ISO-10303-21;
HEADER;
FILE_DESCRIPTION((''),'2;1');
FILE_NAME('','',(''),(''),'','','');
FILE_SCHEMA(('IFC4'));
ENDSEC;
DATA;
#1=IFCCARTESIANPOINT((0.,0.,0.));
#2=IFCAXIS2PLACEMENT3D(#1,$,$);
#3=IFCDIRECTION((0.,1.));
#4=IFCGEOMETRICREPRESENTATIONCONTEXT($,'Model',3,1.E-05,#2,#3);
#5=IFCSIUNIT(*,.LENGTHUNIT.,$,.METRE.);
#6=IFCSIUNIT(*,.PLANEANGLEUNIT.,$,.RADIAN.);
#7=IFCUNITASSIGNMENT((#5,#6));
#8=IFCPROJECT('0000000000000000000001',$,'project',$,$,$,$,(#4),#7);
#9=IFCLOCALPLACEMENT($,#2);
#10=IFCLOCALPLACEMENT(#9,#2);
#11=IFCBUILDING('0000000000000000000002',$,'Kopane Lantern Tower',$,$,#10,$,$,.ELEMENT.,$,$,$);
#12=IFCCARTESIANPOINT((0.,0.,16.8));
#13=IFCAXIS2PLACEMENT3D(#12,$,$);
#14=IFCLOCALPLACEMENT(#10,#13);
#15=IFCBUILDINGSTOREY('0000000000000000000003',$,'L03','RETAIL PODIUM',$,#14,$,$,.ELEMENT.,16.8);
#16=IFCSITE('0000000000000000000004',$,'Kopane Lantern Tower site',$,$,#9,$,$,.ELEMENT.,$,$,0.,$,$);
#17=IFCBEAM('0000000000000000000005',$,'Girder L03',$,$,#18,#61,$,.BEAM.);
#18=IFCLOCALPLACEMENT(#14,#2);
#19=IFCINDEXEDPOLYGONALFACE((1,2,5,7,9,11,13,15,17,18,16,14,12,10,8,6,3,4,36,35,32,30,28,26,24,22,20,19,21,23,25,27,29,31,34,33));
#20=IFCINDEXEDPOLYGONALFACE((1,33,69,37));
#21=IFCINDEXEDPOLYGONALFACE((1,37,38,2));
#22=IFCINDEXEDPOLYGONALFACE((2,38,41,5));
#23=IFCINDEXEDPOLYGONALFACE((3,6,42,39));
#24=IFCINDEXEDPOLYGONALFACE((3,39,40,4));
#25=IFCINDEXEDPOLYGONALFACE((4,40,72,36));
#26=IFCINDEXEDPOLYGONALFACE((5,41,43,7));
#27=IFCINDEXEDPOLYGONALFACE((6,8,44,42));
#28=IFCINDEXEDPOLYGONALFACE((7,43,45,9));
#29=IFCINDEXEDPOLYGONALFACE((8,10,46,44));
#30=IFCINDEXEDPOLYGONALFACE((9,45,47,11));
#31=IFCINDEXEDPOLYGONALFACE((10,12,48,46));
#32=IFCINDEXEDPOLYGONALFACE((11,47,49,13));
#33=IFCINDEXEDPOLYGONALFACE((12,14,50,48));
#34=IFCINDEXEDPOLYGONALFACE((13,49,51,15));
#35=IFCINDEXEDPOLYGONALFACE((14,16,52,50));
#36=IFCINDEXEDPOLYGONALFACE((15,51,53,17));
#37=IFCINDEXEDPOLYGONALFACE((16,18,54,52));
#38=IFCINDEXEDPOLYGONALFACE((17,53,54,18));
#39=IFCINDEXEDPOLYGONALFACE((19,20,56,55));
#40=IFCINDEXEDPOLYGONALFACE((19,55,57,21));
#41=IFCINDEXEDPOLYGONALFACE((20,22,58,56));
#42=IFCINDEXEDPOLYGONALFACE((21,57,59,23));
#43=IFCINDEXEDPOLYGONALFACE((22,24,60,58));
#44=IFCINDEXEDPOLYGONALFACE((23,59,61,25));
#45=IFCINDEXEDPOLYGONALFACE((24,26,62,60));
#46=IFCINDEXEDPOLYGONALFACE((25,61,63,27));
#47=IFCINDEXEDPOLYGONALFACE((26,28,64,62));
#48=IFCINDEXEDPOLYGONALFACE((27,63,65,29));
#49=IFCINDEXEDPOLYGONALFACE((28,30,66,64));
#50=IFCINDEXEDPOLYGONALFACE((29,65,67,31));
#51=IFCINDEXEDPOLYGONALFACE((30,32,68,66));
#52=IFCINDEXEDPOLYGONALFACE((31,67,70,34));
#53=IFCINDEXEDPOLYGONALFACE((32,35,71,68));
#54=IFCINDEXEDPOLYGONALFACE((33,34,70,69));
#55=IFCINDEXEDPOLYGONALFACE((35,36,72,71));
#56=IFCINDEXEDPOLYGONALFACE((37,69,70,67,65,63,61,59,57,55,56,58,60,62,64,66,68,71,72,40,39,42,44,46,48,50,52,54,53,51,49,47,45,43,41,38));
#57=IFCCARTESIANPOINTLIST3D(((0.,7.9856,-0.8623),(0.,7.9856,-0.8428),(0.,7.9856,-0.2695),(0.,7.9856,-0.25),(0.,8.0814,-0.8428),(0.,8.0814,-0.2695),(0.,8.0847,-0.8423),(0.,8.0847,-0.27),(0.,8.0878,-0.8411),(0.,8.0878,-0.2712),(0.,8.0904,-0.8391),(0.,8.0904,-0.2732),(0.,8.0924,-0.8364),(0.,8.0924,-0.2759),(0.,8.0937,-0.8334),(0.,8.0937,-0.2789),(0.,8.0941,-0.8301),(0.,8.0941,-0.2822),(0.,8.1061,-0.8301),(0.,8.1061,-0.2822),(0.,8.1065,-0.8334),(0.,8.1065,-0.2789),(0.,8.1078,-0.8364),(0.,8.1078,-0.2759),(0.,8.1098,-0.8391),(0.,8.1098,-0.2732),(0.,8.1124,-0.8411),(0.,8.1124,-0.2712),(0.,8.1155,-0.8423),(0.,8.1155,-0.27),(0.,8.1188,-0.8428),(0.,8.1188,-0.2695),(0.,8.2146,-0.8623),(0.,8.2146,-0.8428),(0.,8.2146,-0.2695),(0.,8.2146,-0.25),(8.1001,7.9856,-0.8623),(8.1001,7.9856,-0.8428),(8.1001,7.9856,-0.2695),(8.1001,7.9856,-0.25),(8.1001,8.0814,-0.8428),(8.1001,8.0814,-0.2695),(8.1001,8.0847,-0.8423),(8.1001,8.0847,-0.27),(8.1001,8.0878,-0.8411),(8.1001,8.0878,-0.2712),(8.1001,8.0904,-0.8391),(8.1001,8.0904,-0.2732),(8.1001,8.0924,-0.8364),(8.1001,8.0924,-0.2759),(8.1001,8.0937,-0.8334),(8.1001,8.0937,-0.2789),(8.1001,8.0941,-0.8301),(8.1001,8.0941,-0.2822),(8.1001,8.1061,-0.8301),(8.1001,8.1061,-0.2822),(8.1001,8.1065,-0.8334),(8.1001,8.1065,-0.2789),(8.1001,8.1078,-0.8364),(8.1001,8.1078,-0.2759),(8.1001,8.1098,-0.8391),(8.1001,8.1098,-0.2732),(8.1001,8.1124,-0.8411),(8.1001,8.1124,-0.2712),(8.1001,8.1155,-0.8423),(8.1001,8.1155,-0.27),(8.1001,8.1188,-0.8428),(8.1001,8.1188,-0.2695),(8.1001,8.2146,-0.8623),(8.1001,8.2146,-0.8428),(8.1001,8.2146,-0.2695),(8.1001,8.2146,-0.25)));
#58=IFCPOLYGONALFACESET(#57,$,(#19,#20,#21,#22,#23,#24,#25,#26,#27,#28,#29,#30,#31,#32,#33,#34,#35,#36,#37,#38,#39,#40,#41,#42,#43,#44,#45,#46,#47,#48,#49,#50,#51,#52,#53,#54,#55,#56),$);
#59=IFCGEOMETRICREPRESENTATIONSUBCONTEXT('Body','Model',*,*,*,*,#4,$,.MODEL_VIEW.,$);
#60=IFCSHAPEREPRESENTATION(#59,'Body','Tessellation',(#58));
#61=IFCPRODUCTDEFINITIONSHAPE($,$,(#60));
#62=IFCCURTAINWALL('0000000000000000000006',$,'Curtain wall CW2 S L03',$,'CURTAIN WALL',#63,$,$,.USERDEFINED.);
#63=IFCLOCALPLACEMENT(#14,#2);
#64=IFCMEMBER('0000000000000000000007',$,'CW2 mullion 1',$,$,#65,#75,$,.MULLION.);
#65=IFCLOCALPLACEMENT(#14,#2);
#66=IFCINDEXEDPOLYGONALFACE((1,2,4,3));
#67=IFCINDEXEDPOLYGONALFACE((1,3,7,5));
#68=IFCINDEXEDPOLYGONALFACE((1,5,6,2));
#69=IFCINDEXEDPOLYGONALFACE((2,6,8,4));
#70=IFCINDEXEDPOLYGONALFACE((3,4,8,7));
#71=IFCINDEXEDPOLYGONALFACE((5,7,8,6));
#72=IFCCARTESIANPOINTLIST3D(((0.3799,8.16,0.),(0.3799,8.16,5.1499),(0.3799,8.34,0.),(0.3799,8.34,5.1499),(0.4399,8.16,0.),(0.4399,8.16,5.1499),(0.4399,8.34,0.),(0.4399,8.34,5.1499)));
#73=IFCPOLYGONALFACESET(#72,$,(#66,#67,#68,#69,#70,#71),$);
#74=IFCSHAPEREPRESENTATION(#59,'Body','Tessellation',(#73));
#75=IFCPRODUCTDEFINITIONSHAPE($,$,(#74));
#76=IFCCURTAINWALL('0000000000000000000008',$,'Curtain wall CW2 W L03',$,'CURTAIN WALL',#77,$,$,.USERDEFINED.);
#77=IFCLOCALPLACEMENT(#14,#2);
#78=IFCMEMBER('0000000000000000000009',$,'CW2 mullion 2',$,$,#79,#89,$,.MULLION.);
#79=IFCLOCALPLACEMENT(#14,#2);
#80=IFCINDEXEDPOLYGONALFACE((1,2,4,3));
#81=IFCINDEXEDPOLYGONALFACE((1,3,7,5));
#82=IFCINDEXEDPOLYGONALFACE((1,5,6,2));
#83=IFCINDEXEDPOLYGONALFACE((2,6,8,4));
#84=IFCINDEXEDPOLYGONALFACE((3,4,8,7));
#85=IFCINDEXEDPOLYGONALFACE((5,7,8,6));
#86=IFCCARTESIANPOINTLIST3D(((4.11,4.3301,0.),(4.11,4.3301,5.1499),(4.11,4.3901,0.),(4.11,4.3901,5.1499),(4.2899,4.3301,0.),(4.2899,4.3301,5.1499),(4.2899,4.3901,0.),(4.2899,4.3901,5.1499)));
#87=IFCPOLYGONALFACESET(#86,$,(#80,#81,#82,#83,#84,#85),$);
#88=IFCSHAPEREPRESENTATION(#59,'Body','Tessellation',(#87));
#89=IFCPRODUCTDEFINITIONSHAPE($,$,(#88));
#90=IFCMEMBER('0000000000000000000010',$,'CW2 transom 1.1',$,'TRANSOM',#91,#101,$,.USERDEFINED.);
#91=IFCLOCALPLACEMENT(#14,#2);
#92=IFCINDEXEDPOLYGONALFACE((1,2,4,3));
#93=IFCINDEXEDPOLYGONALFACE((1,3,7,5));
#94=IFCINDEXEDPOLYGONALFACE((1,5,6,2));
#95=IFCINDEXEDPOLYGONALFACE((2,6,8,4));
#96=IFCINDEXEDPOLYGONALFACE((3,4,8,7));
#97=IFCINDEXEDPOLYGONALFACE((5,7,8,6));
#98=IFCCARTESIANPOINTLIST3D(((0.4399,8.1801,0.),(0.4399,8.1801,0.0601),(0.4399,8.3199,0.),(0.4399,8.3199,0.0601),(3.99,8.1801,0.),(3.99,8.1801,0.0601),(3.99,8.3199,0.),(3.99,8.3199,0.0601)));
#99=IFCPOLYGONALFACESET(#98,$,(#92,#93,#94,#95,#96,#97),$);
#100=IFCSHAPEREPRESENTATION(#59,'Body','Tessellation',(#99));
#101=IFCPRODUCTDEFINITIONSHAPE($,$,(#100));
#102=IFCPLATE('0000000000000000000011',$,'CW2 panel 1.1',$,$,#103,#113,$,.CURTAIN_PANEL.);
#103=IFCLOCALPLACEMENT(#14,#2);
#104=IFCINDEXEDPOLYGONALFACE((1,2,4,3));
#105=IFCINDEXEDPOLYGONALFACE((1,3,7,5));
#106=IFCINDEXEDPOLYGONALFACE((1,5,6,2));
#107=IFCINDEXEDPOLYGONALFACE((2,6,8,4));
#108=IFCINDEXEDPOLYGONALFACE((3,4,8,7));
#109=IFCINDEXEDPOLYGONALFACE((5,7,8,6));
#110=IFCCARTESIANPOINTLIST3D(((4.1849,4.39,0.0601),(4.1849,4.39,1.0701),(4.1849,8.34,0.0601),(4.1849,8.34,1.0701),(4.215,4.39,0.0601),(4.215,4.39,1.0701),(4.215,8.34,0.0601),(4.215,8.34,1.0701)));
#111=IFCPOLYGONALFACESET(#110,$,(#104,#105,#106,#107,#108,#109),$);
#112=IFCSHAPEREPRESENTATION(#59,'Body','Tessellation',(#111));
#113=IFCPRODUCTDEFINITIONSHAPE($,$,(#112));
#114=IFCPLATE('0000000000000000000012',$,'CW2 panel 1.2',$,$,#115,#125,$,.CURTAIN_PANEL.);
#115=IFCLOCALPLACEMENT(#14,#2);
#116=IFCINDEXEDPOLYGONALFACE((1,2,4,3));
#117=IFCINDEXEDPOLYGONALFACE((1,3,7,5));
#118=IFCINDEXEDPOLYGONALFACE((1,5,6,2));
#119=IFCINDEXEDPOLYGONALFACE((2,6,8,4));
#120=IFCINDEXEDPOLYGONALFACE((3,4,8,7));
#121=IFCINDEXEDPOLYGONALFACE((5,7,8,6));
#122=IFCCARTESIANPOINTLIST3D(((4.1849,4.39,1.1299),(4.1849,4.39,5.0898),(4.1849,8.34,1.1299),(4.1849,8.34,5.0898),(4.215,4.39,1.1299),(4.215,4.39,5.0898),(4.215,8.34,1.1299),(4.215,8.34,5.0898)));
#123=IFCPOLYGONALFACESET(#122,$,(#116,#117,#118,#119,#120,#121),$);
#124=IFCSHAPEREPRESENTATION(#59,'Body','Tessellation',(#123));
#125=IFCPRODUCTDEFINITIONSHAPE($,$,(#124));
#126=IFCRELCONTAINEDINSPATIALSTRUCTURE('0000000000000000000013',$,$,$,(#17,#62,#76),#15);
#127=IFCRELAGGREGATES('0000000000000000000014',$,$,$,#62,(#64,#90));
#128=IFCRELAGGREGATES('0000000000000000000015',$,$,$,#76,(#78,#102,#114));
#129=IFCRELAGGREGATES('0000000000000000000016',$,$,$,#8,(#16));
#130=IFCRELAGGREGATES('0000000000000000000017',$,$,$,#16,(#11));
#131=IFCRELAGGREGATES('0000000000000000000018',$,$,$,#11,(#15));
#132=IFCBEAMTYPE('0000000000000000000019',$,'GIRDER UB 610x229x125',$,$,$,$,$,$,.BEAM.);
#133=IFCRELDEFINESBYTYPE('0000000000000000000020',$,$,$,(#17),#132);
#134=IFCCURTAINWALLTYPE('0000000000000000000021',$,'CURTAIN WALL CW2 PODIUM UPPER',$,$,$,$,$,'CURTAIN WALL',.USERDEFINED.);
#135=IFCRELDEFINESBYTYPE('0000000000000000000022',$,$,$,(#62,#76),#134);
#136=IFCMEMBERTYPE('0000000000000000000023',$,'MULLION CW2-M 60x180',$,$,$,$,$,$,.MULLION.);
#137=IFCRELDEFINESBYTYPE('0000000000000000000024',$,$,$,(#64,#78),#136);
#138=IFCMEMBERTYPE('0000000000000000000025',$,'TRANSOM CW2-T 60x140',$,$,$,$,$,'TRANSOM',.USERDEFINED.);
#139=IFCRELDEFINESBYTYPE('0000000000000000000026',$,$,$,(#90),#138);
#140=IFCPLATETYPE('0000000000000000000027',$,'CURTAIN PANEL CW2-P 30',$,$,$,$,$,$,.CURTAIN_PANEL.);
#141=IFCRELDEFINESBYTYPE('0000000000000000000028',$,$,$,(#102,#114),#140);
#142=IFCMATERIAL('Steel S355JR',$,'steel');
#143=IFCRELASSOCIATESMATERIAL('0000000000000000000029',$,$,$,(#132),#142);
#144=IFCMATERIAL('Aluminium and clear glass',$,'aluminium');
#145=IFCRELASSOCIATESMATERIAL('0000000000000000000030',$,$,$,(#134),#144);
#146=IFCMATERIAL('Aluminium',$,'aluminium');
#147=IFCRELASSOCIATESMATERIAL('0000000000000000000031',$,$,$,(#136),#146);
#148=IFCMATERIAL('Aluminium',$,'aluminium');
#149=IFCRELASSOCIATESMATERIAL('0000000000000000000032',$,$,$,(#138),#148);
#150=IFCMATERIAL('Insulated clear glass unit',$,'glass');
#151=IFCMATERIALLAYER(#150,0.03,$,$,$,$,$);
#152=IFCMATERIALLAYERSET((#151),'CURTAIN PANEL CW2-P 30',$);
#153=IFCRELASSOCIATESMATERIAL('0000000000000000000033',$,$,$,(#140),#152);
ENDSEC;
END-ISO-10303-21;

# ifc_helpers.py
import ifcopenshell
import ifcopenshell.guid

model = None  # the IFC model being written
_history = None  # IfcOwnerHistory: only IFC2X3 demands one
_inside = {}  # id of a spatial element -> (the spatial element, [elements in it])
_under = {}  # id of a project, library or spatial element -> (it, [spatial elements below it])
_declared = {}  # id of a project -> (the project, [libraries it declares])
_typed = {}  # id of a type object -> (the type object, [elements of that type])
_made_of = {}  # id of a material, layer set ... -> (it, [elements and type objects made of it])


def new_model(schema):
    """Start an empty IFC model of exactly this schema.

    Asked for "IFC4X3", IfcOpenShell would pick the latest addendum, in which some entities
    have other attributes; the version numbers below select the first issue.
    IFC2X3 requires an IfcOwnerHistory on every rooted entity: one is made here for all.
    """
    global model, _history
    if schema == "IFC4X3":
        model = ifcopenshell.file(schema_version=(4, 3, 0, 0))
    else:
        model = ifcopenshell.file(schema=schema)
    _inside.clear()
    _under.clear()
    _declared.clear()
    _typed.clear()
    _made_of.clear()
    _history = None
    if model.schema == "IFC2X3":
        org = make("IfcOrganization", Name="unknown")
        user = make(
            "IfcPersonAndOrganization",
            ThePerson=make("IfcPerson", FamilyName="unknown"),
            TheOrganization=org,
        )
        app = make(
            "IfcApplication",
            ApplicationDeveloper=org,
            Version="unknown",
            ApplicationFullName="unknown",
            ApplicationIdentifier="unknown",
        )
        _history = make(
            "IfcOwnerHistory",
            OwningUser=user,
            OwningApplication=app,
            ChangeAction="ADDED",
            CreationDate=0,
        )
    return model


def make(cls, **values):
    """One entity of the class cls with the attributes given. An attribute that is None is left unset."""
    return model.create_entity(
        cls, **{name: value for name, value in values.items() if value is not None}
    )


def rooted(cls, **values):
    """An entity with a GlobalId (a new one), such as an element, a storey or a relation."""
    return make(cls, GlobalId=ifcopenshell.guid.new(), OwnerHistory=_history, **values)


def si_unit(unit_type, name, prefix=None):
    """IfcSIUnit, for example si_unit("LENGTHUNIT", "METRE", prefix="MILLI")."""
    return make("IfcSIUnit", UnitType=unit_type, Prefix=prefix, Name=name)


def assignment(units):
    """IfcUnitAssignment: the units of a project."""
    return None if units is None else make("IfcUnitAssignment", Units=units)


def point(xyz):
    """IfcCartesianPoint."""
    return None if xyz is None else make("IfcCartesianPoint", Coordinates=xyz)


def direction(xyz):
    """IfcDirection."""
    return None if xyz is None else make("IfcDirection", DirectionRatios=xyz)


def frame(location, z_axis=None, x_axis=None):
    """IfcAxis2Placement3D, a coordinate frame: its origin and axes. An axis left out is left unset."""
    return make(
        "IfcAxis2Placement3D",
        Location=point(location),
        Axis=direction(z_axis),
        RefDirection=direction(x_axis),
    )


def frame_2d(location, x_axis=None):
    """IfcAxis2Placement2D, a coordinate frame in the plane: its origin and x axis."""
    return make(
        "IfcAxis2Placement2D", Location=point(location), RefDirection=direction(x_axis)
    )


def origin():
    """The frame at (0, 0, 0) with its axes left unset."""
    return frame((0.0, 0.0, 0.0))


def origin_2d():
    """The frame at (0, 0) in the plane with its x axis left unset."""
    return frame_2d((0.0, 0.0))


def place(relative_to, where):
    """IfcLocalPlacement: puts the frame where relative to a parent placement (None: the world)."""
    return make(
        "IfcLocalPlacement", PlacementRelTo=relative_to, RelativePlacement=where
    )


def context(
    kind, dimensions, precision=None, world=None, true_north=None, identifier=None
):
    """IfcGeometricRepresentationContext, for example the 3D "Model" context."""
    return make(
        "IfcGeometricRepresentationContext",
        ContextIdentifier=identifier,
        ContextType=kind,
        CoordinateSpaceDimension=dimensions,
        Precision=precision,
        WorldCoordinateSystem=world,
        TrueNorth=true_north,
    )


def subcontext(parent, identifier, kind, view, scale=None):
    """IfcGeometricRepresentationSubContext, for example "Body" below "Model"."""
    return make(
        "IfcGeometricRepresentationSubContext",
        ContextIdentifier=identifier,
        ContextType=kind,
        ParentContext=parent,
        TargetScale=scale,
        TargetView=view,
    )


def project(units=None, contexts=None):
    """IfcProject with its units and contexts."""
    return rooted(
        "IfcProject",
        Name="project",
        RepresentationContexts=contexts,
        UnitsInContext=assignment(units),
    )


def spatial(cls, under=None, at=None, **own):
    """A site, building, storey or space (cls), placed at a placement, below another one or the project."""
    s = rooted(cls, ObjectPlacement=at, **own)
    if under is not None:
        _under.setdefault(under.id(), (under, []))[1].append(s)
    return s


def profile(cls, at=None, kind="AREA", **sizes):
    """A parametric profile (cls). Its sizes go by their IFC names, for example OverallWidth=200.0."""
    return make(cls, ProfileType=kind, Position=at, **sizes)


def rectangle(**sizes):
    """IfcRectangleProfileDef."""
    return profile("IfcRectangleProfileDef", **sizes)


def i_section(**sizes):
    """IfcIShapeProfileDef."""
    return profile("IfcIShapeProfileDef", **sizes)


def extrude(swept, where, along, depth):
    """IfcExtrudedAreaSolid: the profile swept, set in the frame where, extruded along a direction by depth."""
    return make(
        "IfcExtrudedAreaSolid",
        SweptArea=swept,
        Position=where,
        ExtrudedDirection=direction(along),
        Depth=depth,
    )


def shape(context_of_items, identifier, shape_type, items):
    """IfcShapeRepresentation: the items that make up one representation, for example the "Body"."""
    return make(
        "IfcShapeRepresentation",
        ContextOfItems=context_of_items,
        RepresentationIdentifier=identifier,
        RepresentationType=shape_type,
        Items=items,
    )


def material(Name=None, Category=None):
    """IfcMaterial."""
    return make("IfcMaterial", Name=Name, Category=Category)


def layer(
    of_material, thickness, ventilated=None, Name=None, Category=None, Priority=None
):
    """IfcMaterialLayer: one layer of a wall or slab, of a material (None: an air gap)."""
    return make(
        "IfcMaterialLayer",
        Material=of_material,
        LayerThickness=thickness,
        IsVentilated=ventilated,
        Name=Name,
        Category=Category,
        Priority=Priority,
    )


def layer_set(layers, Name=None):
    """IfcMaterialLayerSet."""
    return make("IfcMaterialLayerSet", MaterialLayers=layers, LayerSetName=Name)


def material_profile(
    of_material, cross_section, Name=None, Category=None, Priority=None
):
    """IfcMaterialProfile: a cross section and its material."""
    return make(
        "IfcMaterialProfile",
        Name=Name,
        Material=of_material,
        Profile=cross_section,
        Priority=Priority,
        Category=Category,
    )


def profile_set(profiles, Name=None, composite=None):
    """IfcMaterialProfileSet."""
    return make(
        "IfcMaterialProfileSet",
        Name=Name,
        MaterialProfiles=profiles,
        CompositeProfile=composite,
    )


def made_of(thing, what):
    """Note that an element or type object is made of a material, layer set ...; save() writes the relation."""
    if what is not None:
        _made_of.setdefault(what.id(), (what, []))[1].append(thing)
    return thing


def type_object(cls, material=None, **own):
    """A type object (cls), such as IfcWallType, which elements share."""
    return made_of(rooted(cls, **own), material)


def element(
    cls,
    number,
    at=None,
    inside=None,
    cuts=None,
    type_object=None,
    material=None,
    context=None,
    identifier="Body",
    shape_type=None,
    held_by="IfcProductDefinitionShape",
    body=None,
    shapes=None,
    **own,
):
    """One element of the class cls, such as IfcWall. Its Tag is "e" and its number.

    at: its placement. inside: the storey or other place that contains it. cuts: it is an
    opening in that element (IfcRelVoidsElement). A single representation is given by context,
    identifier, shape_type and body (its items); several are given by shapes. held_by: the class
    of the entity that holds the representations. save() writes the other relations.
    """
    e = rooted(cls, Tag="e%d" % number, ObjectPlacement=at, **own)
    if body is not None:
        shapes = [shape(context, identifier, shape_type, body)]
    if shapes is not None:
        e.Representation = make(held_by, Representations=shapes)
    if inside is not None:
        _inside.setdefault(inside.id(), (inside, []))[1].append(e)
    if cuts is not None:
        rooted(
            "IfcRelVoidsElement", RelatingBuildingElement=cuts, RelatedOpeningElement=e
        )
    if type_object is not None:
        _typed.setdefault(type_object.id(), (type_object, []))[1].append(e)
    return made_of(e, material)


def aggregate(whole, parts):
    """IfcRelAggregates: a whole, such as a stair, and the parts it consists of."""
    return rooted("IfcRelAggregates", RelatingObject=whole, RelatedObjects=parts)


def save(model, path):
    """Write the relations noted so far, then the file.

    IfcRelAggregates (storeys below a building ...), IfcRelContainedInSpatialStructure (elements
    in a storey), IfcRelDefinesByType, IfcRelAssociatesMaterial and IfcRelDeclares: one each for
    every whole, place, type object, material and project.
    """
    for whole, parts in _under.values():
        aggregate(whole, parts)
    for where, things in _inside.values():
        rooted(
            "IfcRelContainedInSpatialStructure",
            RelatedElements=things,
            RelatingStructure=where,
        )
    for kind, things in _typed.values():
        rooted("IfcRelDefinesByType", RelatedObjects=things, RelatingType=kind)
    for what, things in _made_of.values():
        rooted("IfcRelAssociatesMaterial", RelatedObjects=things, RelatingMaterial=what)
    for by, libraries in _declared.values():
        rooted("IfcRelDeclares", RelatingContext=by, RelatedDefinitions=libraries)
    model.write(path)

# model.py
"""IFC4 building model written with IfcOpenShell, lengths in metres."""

from ifc_helpers import new_model, si_unit, direction, frame, origin, origin_2d, place, context, subcontext, project, spatial, rectangle, i_section, extrude, material, layer, layer_set, material_profile, profile_set, type_object, element, aggregate, save


model = new_model("IFC4")

# Units and contexts
model_context = context("Model", 3, precision=1e-05, world=origin(), true_north=direction((0.0, 1.0)))
body_context = subcontext(model_context, "Body", "Model", "MODEL_VIEW")
ifc_project = project(units=[si_unit("LENGTHUNIT", "METRE"), si_unit("PLANEANGLEUNIT", "RADIAN")], contexts=[model_context])

# Site, building, storey
site_placement = place(None, origin())
site = spatial("IfcSite", under=ifc_project, at=site_placement, Name="Kopane Lantern Tower site", CompositionType="ELEMENT", RefElevation=0.0)
building_placement = place(site_placement, origin())
building = spatial("IfcBuilding", under=site, at=building_placement, Name="Kopane Lantern Tower", CompositionType="ELEMENT")
storey_placement = place(building_placement, frame((0.0, 0.0, 16.8)))
storey = spatial("IfcBuildingStorey", under=building, at=storey_placement, Name="L03", Description="RETAIL PODIUM", CompositionType="ELEMENT", Elevation=16.8)

# Beam
ifc_material_1 = material(Name="Steel S355JR", Category="steel")
ifc_material_profile_1 = material_profile(ifc_material_1, i_section(OverallWidth=0.229, OverallDepth=0.6123, WebThickness=0.012, FlangeThickness=0.0195, FilletRadius=0.0127, at=origin_2d()), Name="UB 610x229x125")
ifc_profile_set_1 = profile_set([ifc_material_profile_1], Name="Steel S355JR")
beam_type = type_object("IfcBeamType", Name="GIRDER UB 610x229x125", PredefinedType="BEAM", material=ifc_profile_set_1)
beam_1_placement = place(storey_placement, frame((0.0, 8.1001, -0.5562), z_axis=(1.0, 0.0, 0.0), x_axis=(0.0, 1.0, 0.0)))
element("IfcBeam", 1, at=beam_1_placement, inside=storey, type_object=beam_type, Name="Girder L03", PredefinedType="BEAM", context=body_context, shape_type="SweptSolid", body=[
    extrude(i_section(OverallWidth=0.229, OverallDepth=0.6123, WebThickness=0.012, FlangeThickness=0.0195, FilletRadius=0.0127, at=origin_2d()), origin(), (0.0, 0.0, 1.0), 8.1001),
])

# Curtain walls, members
ifc_material_2 = material(Name="Aluminium and clear glass", Category="aluminium")
curtain_wall_type = type_object("IfcCurtainWallType", Name="CURTAIN WALL CW2 PODIUM UPPER", ElementType="CURTAIN WALL", PredefinedType="USERDEFINED", material=ifc_material_2)
curtain_wall_1_placement = place(storey_placement, origin())
curtain_wall_1 = element("IfcCurtainWall", 2, at=curtain_wall_1_placement, inside=storey, type_object=curtain_wall_type, Name="Curtain wall CW2 S L03", ObjectType="CURTAIN WALL", PredefinedType="USERDEFINED")
ifc_material_3 = material(Name="Aluminium", Category="aluminium")
ifc_material_profile_2 = material_profile(ifc_material_3, rectangle(XDim=0.0601, YDim=0.1799, at=origin_2d()), Name="AL 60x180")
ifc_profile_set_2 = profile_set([ifc_material_profile_2], Name="Aluminium")
member_type_1 = type_object("IfcMemberType", Name="MULLION CW2-M 60x180", PredefinedType="MULLION", material=ifc_profile_set_2)
member_1_placement = place(storey_placement, frame((0.4099, 8.25, 0.0), z_axis=(0.0, 0.0, 1.0), x_axis=(1.0, 0.0, 0.0)))
member_1 = element("IfcMember", 3, at=member_1_placement, type_object=member_type_1, Name="CW2 mullion 1", PredefinedType="MULLION", context=body_context, shape_type="SweptSolid", body=[
    extrude(rectangle(XDim=0.0601, YDim=0.1799, at=origin_2d()), origin(), (0.0, 0.0, 1.0), 5.1499),
])
curtain_wall_2_placement = place(storey_placement, origin())
curtain_wall_2 = element("IfcCurtainWall", 4, at=curtain_wall_2_placement, inside=storey, type_object=curtain_wall_type, Name="Curtain wall CW2 W L03", ObjectType="CURTAIN WALL", PredefinedType="USERDEFINED")
member_2_placement = place(storey_placement, frame((4.2, 4.3601, 0.0), z_axis=(0.0, 0.0, 1.0), x_axis=(0.0, -1.0, 0.0)))
member_2 = element("IfcMember", 5, at=member_2_placement, type_object=member_type_1, Name="CW2 mullion 2", PredefinedType="MULLION", context=body_context, shape_type="SweptSolid", body=[
    extrude(rectangle(XDim=0.0601, YDim=0.1799, at=origin_2d()), origin(), (0.0, 0.0, 1.0), 5.1499),
])

# Member
ifc_material_4 = material(Name="Aluminium", Category="aluminium")
ifc_material_profile_3 = material_profile(ifc_material_4, rectangle(XDim=0.1399, YDim=0.0601, at=origin_2d()), Name="AL 140x60")
ifc_profile_set_3 = profile_set([ifc_material_profile_3], Name="Aluminium")
member_type_2 = type_object("IfcMemberType", Name="TRANSOM CW2-T 60x140", ElementType="TRANSOM", PredefinedType="USERDEFINED", material=ifc_profile_set_3)
member_3_placement = place(storey_placement, frame((0.4399, 8.25, 0.03), z_axis=(1.0, 0.0, 0.0), x_axis=(0.0, 1.0, 0.0)))
member_3 = element("IfcMember", 6, at=member_3_placement, type_object=member_type_2, Name="CW2 transom 1.1", ObjectType="TRANSOM", PredefinedType="USERDEFINED", context=body_context, shape_type="SweptSolid", body=[
    extrude(rectangle(XDim=0.1399, YDim=0.0601, at=origin_2d()), origin(), (0.0, 0.0, 1.0), 3.55),
])
aggregate(curtain_wall_1, [member_1, member_3])

# Plates
ifc_material_5 = material(Name="Insulated clear glass unit", Category="glass")
ifc_layer_1 = layer(ifc_material_5, 0.03)
ifc_layer_set_1 = layer_set([ifc_layer_1], Name="CURTAIN PANEL CW2-P 30")
plate_type = type_object("IfcPlateType", Name="CURTAIN PANEL CW2-P 30", PredefinedType="CURTAIN_PANEL", material=ifc_layer_set_1)
plate_1_placement = place(storey_placement, frame((4.2, 6.365, 0.0601), z_axis=(0.0, 0.0, 1.0), x_axis=(0.0, -1.0, 0.0)))
plate_1 = element("IfcPlate", 7, at=plate_1_placement, type_object=plate_type, Name="CW2 panel 1.1", PredefinedType="CURTAIN_PANEL", context=body_context, shape_type="SweptSolid", body=[
    extrude(rectangle(XDim=3.95, YDim=0.03, at=origin_2d()), origin(), (0.0, 0.0, 1.0), 1.01),
])
plate_2_placement = place(storey_placement, frame((4.2, 6.365, 1.1299), z_axis=(0.0, 0.0, 1.0), x_axis=(0.0, -1.0, 0.0)))
plate_2 = element("IfcPlate", 8, at=plate_2_placement, type_object=plate_type, Name="CW2 panel 1.2", PredefinedType="CURTAIN_PANEL", context=body_context, shape_type="SweptSolid", body=[
    extrude(rectangle(XDim=3.95, YDim=0.03, at=origin_2d()), origin(), (0.0, 0.0, 1.0), 3.96),
])
aggregate(curtain_wall_2, [member_2, plate_1, plate_2])

save(model, "model.ifc")
